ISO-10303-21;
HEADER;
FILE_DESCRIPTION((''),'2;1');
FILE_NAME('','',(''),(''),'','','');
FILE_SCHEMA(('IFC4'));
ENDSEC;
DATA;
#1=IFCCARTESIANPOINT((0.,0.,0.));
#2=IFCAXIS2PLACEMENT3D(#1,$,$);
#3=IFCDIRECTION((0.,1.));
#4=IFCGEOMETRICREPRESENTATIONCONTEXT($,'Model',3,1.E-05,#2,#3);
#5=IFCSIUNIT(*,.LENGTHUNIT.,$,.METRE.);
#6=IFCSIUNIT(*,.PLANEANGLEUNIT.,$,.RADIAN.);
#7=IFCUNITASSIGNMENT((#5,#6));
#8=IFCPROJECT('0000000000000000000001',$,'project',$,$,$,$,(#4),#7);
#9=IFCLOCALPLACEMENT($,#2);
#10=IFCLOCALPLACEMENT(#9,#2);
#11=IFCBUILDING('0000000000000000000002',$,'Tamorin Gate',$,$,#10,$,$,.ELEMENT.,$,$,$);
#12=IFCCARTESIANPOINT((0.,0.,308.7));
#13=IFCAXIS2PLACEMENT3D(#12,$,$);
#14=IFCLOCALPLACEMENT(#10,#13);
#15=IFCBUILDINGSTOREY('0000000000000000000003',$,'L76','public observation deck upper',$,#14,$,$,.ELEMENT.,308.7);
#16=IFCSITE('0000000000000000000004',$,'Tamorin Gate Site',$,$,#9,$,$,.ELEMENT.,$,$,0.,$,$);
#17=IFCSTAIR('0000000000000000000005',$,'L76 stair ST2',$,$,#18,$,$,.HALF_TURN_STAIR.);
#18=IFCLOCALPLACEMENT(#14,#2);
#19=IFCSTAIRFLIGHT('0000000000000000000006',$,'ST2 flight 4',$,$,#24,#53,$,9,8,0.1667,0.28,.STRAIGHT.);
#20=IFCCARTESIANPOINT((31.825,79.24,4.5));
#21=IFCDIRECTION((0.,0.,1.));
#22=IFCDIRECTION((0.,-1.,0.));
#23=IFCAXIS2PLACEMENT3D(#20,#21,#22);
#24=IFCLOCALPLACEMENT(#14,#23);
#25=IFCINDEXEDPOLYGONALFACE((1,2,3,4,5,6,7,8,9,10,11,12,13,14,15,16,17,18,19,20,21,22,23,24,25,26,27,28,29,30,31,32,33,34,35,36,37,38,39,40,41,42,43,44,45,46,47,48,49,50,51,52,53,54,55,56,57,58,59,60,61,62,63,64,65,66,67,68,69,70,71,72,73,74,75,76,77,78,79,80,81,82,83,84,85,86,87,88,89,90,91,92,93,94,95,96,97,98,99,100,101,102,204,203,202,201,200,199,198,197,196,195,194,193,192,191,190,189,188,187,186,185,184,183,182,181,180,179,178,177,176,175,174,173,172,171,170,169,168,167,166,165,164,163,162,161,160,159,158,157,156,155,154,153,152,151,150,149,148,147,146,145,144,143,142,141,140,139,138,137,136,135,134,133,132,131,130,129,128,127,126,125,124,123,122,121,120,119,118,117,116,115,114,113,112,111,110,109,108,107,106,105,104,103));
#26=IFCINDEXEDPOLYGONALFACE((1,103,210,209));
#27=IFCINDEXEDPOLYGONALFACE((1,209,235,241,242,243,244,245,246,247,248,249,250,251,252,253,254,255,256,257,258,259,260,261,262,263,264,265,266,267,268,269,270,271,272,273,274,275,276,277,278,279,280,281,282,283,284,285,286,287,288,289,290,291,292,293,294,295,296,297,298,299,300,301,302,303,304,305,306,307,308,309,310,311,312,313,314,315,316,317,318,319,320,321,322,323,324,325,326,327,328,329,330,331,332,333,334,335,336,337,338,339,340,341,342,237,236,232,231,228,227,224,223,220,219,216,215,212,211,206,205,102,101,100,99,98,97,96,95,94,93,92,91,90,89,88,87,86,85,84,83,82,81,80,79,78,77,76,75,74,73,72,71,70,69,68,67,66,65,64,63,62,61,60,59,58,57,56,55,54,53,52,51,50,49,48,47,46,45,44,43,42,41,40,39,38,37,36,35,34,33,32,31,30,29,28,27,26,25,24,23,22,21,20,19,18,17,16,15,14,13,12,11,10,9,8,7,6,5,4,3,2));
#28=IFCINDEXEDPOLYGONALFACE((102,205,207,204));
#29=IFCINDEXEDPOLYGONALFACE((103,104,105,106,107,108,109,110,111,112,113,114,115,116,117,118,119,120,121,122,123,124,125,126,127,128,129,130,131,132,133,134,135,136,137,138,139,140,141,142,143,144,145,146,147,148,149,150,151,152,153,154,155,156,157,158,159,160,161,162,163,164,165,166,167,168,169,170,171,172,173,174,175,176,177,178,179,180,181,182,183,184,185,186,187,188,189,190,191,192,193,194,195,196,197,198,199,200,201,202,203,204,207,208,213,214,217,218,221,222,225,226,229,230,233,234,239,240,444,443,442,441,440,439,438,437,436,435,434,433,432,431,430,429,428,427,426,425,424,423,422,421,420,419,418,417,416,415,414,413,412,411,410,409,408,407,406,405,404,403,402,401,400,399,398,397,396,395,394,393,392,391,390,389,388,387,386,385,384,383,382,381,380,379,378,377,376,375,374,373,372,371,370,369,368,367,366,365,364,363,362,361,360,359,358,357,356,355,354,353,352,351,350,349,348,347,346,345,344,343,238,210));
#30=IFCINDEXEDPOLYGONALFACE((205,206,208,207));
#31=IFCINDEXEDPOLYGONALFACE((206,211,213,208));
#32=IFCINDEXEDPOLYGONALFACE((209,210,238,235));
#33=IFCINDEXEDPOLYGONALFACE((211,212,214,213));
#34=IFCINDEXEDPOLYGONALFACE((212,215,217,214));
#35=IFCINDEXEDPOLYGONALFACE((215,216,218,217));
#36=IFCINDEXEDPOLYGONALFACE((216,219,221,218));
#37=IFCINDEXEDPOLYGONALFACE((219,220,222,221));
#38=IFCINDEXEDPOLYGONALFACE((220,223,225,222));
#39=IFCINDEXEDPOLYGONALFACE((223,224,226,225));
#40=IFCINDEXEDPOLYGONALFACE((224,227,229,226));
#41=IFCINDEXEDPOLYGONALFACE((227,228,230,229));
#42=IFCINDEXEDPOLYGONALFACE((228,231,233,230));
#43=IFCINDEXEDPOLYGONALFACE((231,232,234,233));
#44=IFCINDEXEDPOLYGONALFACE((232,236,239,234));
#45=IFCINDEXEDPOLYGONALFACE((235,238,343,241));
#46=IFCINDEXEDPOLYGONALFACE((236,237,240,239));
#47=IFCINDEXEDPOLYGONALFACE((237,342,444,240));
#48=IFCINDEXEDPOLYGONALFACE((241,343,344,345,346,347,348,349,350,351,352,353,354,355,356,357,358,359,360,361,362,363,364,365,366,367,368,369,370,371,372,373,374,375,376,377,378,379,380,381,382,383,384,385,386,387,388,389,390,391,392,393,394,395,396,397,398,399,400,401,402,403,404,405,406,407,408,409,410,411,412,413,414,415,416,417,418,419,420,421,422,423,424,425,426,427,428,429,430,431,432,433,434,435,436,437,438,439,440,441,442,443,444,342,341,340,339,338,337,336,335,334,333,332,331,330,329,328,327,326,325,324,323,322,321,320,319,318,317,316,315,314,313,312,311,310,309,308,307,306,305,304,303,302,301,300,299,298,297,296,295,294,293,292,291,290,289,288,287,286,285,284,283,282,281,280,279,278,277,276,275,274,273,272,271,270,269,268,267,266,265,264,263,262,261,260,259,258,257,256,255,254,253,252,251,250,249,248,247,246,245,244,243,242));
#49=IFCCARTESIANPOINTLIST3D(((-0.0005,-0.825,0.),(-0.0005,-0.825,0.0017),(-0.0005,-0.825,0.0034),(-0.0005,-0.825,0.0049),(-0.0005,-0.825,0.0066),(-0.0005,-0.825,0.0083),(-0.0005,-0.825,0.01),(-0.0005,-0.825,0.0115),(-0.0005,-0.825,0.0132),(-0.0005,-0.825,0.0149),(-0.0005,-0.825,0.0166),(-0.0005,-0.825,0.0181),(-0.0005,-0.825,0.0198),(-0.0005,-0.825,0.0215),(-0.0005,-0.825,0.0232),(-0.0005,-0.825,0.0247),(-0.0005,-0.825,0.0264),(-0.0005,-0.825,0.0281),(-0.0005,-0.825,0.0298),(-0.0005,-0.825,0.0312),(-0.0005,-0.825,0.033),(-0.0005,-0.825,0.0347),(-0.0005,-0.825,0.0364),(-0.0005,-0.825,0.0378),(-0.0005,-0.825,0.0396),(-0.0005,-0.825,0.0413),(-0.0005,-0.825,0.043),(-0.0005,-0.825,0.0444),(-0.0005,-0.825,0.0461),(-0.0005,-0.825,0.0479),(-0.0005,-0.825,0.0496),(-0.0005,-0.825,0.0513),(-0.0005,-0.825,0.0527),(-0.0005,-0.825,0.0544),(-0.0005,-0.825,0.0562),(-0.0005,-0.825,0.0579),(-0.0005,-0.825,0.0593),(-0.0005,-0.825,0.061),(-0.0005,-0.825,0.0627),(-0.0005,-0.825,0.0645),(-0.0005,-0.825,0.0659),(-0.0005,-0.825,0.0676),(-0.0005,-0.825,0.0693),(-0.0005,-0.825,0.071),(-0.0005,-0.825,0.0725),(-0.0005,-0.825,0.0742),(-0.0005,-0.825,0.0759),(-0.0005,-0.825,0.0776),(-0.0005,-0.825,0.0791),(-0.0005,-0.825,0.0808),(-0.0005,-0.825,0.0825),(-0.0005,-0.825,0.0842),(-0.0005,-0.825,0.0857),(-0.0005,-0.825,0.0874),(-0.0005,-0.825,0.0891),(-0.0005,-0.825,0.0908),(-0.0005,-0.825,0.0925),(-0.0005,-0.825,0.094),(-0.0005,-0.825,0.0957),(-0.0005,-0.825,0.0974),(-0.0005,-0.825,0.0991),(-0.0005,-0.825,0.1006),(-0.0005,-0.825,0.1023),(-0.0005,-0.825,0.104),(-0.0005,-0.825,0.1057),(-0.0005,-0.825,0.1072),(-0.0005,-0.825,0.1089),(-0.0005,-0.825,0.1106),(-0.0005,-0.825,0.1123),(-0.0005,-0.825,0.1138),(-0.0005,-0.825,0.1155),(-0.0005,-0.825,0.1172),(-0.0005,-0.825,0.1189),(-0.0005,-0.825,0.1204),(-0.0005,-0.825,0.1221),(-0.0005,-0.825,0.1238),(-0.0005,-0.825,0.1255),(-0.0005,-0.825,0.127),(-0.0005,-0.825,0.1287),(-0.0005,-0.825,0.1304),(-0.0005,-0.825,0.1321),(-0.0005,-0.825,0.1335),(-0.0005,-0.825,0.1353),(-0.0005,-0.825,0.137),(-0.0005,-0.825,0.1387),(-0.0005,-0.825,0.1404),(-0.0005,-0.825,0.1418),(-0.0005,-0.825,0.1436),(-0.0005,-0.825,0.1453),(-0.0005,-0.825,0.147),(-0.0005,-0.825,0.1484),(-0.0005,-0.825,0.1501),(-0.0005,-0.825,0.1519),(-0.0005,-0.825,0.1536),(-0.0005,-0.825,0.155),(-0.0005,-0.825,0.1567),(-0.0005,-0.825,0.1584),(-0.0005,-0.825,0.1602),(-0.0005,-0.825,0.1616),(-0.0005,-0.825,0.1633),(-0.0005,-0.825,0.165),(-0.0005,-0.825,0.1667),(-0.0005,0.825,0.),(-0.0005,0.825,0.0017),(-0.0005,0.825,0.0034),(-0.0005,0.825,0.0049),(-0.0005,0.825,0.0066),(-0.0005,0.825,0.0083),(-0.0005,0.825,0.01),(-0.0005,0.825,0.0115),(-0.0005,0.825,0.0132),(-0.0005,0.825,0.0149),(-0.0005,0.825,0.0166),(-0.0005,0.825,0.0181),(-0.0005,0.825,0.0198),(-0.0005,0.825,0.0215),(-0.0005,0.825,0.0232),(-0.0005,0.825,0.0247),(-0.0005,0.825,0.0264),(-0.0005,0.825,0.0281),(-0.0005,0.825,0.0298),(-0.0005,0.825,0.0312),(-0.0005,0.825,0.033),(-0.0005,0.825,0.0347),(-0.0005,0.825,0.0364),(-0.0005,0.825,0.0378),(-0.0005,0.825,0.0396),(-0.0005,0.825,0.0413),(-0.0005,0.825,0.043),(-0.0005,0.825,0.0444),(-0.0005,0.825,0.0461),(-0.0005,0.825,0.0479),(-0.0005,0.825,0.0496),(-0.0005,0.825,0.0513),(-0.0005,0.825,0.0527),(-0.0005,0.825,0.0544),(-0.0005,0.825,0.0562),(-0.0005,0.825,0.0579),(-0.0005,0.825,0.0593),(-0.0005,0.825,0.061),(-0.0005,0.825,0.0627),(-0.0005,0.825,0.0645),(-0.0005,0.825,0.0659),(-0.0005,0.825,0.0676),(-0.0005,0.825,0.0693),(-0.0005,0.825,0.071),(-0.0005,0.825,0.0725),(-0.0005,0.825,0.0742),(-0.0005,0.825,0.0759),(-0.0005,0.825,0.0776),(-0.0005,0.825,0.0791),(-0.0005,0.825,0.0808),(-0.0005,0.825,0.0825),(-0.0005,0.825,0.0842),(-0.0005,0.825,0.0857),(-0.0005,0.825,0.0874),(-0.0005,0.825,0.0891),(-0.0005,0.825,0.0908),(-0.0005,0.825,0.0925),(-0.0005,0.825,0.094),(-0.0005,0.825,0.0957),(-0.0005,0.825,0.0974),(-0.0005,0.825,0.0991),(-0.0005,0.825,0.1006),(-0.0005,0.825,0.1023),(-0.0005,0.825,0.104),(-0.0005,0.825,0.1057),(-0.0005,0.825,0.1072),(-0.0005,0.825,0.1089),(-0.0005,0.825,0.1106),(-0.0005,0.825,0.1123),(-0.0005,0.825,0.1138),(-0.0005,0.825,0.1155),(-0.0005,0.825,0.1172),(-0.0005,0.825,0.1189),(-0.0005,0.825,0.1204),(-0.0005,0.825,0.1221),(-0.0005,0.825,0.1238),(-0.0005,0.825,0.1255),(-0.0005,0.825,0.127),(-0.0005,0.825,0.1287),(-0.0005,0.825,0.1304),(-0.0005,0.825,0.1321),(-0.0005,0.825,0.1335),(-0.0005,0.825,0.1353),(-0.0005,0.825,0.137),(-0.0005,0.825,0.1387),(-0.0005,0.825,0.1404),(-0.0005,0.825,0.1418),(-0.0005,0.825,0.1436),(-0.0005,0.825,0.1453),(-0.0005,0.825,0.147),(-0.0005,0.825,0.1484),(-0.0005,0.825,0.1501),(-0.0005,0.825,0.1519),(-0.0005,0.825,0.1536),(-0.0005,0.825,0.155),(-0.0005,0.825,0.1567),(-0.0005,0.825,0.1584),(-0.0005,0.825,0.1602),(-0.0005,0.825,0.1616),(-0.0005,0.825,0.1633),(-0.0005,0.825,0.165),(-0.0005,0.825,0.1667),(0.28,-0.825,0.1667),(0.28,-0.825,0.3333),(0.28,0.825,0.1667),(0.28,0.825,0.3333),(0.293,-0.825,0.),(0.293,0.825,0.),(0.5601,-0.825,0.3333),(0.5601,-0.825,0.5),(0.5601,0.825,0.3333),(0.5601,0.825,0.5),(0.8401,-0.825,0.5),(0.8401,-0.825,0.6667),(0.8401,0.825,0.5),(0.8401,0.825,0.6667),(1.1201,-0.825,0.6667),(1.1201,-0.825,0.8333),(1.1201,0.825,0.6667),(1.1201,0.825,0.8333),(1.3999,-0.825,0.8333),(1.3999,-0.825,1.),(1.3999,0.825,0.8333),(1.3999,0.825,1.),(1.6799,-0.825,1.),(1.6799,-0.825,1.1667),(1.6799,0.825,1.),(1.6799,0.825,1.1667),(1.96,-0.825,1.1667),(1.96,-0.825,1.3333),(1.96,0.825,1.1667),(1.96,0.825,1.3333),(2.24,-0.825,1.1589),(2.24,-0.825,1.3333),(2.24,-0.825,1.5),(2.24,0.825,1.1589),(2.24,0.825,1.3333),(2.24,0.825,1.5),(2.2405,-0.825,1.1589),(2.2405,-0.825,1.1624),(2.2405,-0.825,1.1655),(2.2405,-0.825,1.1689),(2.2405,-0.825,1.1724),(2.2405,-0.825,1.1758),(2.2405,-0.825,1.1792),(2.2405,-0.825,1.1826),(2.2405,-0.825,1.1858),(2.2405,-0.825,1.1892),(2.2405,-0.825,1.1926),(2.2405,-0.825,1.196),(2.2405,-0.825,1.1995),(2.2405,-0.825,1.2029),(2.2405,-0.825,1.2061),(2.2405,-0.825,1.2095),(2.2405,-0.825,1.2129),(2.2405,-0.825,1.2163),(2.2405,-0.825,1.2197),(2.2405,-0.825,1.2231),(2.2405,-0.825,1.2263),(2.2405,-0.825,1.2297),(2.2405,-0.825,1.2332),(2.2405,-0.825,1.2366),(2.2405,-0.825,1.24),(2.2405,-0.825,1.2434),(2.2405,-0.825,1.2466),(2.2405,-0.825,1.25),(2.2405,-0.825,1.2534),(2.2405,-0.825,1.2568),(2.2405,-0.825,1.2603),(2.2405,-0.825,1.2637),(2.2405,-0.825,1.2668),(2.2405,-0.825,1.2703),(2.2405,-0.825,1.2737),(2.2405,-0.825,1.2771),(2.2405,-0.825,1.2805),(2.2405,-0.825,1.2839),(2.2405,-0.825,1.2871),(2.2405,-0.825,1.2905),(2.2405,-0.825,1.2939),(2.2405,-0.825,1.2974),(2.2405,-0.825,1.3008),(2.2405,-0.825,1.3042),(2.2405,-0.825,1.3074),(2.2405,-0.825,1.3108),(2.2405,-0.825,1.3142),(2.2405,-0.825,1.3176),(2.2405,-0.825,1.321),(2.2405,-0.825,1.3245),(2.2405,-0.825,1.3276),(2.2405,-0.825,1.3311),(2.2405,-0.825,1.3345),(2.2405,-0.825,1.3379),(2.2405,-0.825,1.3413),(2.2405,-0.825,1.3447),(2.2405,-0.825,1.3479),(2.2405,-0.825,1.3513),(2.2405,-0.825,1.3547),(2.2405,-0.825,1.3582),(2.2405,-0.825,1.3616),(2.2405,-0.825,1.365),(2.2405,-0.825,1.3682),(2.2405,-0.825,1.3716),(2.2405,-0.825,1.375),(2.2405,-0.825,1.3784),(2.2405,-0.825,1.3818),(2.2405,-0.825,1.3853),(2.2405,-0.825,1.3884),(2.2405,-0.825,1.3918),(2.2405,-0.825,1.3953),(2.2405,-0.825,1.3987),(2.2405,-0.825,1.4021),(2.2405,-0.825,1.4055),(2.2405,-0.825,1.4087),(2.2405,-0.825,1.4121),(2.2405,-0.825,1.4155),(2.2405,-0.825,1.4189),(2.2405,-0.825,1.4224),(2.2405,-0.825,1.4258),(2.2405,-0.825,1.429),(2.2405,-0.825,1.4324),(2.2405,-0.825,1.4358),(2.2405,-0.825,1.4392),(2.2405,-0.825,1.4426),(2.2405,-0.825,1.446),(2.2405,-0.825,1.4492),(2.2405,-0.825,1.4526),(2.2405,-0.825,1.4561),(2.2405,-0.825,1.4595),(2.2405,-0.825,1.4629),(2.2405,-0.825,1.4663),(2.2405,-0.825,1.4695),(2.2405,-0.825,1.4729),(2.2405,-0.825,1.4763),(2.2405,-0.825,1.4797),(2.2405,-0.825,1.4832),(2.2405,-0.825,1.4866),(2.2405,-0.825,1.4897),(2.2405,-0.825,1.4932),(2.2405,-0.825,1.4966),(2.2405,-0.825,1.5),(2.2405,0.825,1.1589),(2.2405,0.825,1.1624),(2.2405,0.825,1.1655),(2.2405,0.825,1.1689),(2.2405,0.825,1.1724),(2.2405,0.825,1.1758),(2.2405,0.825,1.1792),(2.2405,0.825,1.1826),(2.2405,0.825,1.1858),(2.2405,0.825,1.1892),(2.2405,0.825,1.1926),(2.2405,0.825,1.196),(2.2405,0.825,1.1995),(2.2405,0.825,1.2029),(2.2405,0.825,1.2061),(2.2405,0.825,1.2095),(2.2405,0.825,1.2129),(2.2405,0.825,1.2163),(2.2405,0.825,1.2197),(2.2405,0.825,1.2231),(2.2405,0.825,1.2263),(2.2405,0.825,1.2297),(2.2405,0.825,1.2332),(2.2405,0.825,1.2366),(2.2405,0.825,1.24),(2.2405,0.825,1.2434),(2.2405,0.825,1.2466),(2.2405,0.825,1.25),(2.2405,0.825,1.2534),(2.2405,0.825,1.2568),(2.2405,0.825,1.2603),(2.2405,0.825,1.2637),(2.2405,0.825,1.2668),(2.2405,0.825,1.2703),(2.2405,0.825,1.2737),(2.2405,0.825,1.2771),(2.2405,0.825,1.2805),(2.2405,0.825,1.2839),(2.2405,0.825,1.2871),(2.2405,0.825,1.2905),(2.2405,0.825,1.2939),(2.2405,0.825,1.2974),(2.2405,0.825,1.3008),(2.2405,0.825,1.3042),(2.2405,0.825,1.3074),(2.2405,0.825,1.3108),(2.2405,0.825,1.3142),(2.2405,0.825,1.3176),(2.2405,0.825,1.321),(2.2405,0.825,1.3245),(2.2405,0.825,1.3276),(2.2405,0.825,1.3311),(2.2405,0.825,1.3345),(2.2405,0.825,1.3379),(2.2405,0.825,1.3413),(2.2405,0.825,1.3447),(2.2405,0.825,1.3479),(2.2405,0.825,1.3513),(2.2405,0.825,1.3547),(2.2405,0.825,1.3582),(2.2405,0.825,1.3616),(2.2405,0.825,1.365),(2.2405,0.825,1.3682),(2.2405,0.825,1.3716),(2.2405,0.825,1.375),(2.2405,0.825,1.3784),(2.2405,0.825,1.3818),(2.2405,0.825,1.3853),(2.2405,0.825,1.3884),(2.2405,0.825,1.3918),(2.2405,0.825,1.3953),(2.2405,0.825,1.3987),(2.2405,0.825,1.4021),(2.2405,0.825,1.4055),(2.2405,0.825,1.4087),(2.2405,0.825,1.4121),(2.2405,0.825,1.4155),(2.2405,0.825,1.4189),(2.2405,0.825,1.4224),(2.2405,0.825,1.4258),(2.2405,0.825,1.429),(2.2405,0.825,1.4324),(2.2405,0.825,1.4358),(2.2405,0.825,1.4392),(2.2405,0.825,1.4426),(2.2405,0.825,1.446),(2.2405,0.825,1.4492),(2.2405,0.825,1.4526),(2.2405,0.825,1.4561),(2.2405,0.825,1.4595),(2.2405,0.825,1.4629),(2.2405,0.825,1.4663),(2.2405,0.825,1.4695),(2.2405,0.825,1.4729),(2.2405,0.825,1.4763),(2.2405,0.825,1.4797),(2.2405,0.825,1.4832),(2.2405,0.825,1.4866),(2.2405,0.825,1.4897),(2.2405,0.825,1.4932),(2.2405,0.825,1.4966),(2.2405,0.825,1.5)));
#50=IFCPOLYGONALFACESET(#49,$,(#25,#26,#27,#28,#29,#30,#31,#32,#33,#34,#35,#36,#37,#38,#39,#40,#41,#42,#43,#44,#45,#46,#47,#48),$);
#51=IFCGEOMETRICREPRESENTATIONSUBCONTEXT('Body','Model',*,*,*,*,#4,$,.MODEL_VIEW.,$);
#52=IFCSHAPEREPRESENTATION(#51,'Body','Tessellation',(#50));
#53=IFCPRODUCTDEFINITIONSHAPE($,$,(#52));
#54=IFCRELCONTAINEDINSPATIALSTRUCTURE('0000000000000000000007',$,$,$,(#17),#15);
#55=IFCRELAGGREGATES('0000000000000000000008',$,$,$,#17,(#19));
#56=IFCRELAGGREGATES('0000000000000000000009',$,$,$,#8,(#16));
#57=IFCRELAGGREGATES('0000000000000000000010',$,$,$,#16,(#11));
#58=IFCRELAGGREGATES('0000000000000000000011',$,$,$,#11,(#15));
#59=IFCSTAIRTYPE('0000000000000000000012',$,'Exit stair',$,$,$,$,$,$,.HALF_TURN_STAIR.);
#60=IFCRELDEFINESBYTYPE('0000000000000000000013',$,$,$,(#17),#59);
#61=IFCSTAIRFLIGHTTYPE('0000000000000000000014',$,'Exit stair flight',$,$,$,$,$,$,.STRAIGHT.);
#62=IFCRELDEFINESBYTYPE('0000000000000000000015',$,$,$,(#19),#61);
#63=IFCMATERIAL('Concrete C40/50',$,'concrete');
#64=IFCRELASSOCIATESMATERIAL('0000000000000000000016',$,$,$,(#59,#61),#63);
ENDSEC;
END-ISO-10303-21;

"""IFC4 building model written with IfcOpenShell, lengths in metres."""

from ifc_helpers import new_model, si_unit, direction, frame, origin, place, context, subcontext, project, spatial, polyline, outline, extrude, material, type_object, element, aggregate, save


model = new_model("IFC4")

# Units and contexts
model_context = context("Model", 3, precision=1e-05, world=origin(), true_north=direction((0.0, 1.0)))
body_context = subcontext(model_context, "Body", "Model", "MODEL_VIEW")
ifc_project = project(units=[si_unit("LENGTHUNIT", "METRE"), si_unit("PLANEANGLEUNIT", "RADIAN")], contexts=[model_context])

# Site, building, storey
site_placement = place(None, origin())
site = spatial("IfcSite", under=ifc_project, at=site_placement, Name="Tamorin Gate Site", CompositionType="ELEMENT", RefElevation=0.0)
building_placement = place(site_placement, origin())
building = spatial("IfcBuilding", under=site, at=building_placement, Name="Tamorin Gate", CompositionType="ELEMENT")
storey_placement = place(building_placement, frame((0.0, 0.0, 308.7)))
storey = spatial("IfcBuildingStorey", under=building, at=storey_placement, Name="L76", Description="public observation deck upper", CompositionType="ELEMENT", Elevation=308.7)

# Stair, stair flight
ifc_material_1 = material(Name="Concrete C40/50", Category="concrete")
stair_type = type_object("IfcStairType", Name="Exit stair", PredefinedType="HALF_TURN_STAIR", material=ifc_material_1)
stair_placement = place(storey_placement, origin())
stair = element("IfcStair", 1, at=stair_placement, inside=storey, type_object=stair_type, Name="L76 stair ST2", PredefinedType="HALF_TURN_STAIR")
stair_flight_type = type_object("IfcStairFlightType", Name="Exit stair flight", PredefinedType="STRAIGHT", material=ifc_material_1)
stair_flight_1_placement = place(storey_placement, frame((31.825, 79.24, 4.5), z_axis=(0.0, 0.0, 1.0), x_axis=(0.0, -1.0, 0.0)))
stair_flight_1 = element("IfcStairFlight", 2, at=stair_flight_1_placement, type_object=stair_flight_type, Name="ST2 flight 4", NumberOfRisers=9, NumberOfTreads=8, PredefinedType="STRAIGHT", RiserHeight=0.1667, TreadLength=0.28, context=body_context, shape_type="SweptSolid", body=[
    extrude(outline(polyline([(-0.0005, 0.0), (-0.0005, 0.0017), (-0.0005, 0.0034), (-0.0005, 0.0049), (-0.0005, 0.0066), (-0.0005, 0.0083), (-0.0005, 0.01), (-0.0005, 0.0115), (-0.0005, 0.0132), (-0.0005, 0.0149), (-0.0005, 0.0166), (-0.0005, 0.0181), (-0.0005, 0.0198), (-0.0005, 0.0215), (-0.0005, 0.0232), (-0.0005, 0.0247), (-0.0005, 0.0264), (-0.0005, 0.0281), (-0.0005, 0.0298), (-0.0005, 0.0312), (-0.0005, 0.033), (-0.0005, 0.0347), (-0.0005, 0.0364), (-0.0005, 0.0378), (-0.0005, 0.0396), (-0.0005, 0.0413), (-0.0005, 0.043), (-0.0005, 0.0444), (-0.0005, 0.0461), (-0.0005, 0.0479), (-0.0005, 0.0496), (-0.0005, 0.0513), (-0.0005, 0.0527), (-0.0005, 0.0544), (-0.0005, 0.0562), (-0.0005, 0.0579), (-0.0005, 0.0593), (-0.0005, 0.061), (-0.0005, 0.0627), (-0.0005, 0.0645), (-0.0005, 0.0659), (-0.0005, 0.0676), (-0.0005, 0.0693), (-0.0005, 0.071), (-0.0005, 0.0725), (-0.0005, 0.0742), (-0.0005, 0.0759), (-0.0005, 0.0776), (-0.0005, 0.0791), (-0.0005, 0.0808), (-0.0005, 0.0825), (-0.0005, 0.0842), (-0.0005, 0.0857), (-0.0005, 0.0874), (-0.0005, 0.0891), (-0.0005, 0.0908), (-0.0005, 0.0925), (-0.0005, 0.094), (-0.0005, 0.0957), (-0.0005, 0.0974), (-0.0005, 0.0991), (-0.0005, 0.1006), (-0.0005, 0.1023), (-0.0005, 0.104), (-0.0005, 0.1057), (-0.0005, 0.1072), (-0.0005, 0.1089), (-0.0005, 0.1106), (-0.0005, 0.1123), (-0.0005, 0.1138), (-0.0005, 0.1155), (-0.0005, 0.1172), (-0.0005, 0.1189), (-0.0005, 0.1204), (-0.0005, 0.1221), (-0.0005, 0.1238), (-0.0005, 0.1255), (-0.0005, 0.127), (-0.0005, 0.1287), (-0.0005, 0.1304), (-0.0005, 0.1321), (-0.0005, 0.1335), (-0.0005, 0.1353), (-0.0005, 0.137), (-0.0005, 0.1387), (-0.0005, 0.1404), (-0.0005, 0.1418), (-0.0005, 0.1436), (-0.0005, 0.1453), (-0.0005, 0.147), (-0.0005, 0.1484), (-0.0005, 0.1501), (-0.0005, 0.1519), (-0.0005, 0.1536), (-0.0005, 0.155), (-0.0005, 0.1567), (-0.0005, 0.1584), (-0.0005, 0.1602), (-0.0005, 0.1616), (-0.0005, 0.1633), (-0.0005, 0.165), (-0.0005, 0.1667), (0.28, 0.1667), (0.28, 0.3333), (0.5601, 0.3333), (0.5601, 0.5), (0.8401, 0.5), (0.8401, 0.6667), (1.1201, 0.6667), (1.1201, 0.8333), (1.3999, 0.8333), (1.3999, 1.0), (1.6799, 1.0), (1.6799, 1.1667), (1.96, 1.1667), (1.96, 1.3333), (2.24, 1.3333), (2.24, 1.5), (2.2405, 1.5), (2.2405, 1.4966), (2.2405, 1.4932), (2.2405, 1.4897), (2.2405, 1.4866), (2.2405, 1.4832), (2.2405, 1.4797), (2.2405, 1.4763), (2.2405, 1.4729), (2.2405, 1.4695), (2.2405, 1.4663), (2.2405, 1.4629), (2.2405, 1.4595), (2.2405, 1.4561), (2.2405, 1.4526), (2.2405, 1.4492), (2.2405, 1.446), (2.2405, 1.4426), (2.2405, 1.4392), (2.2405, 1.4358), (2.2405, 1.4324), (2.2405, 1.429), (2.2405, 1.4258), (2.2405, 1.4224), (2.2405, 1.4189), (2.2405, 1.4155), (2.2405, 1.4121), (2.2405, 1.4087), (2.2405, 1.4055), (2.2405, 1.4021), (2.2405, 1.3987), (2.2405, 1.3953), (2.2405, 1.3918), (2.2405, 1.3884), (2.2405, 1.3853), (2.2405, 1.3818), (2.2405, 1.3784), (2.2405, 1.375), (2.2405, 1.3716), (2.2405, 1.3682), (2.2405, 1.365), (2.2405, 1.3616), (2.2405, 1.3582), (2.2405, 1.3547), (2.2405, 1.3513), (2.2405, 1.3479), (2.2405, 1.3447), (2.2405, 1.3413), (2.2405, 1.3379), (2.2405, 1.3345), (2.2405, 1.3311), (2.2405, 1.3276), (2.2405, 1.3245), (2.2405, 1.321), (2.2405, 1.3176), (2.2405, 1.3142), (2.2405, 1.3108), (2.2405, 1.3074), (2.2405, 1.3042), (2.2405, 1.3008), (2.2405, 1.2974), (2.2405, 1.2939), (2.2405, 1.2905), (2.2405, 1.2871), (2.2405, 1.2839), (2.2405, 1.2805), (2.2405, 1.2771), (2.2405, 1.2737), (2.2405, 1.2703), (2.2405, 1.2668), (2.2405, 1.2637), (2.2405, 1.2603), (2.2405, 1.2568), (2.2405, 1.2534), (2.2405, 1.25), (2.2405, 1.2466), (2.2405, 1.2434), (2.2405, 1.24), (2.2405, 1.2366), (2.2405, 1.2332), (2.2405, 1.2297), (2.2405, 1.2263), (2.2405, 1.2231), (2.2405, 1.2197), (2.2405, 1.2163), (2.2405, 1.2129), (2.2405, 1.2095), (2.2405, 1.2061), (2.2405, 1.2029), (2.2405, 1.1995), (2.2405, 1.196), (2.2405, 1.1926), (2.2405, 1.1892), (2.2405, 1.1858), (2.2405, 1.1826), (2.2405, 1.1792), (2.2405, 1.1758), (2.2405, 1.1724), (2.2405, 1.1689), (2.2405, 1.1655), (2.2405, 1.1624), (2.2405, 1.1589), (2.24, 1.1589), (0.293, 0.0), (-0.0005, 0.0)])), frame((0.0, 0.825, 0.0), z_axis=(0.0, -1.0, 0.0), x_axis=(1.0, 0.0, 0.0)), (0.0, 0.0, 1.0), 1.6499),
])
aggregate(stair, [stair_flight_1])

save(model, "model.ifc")
